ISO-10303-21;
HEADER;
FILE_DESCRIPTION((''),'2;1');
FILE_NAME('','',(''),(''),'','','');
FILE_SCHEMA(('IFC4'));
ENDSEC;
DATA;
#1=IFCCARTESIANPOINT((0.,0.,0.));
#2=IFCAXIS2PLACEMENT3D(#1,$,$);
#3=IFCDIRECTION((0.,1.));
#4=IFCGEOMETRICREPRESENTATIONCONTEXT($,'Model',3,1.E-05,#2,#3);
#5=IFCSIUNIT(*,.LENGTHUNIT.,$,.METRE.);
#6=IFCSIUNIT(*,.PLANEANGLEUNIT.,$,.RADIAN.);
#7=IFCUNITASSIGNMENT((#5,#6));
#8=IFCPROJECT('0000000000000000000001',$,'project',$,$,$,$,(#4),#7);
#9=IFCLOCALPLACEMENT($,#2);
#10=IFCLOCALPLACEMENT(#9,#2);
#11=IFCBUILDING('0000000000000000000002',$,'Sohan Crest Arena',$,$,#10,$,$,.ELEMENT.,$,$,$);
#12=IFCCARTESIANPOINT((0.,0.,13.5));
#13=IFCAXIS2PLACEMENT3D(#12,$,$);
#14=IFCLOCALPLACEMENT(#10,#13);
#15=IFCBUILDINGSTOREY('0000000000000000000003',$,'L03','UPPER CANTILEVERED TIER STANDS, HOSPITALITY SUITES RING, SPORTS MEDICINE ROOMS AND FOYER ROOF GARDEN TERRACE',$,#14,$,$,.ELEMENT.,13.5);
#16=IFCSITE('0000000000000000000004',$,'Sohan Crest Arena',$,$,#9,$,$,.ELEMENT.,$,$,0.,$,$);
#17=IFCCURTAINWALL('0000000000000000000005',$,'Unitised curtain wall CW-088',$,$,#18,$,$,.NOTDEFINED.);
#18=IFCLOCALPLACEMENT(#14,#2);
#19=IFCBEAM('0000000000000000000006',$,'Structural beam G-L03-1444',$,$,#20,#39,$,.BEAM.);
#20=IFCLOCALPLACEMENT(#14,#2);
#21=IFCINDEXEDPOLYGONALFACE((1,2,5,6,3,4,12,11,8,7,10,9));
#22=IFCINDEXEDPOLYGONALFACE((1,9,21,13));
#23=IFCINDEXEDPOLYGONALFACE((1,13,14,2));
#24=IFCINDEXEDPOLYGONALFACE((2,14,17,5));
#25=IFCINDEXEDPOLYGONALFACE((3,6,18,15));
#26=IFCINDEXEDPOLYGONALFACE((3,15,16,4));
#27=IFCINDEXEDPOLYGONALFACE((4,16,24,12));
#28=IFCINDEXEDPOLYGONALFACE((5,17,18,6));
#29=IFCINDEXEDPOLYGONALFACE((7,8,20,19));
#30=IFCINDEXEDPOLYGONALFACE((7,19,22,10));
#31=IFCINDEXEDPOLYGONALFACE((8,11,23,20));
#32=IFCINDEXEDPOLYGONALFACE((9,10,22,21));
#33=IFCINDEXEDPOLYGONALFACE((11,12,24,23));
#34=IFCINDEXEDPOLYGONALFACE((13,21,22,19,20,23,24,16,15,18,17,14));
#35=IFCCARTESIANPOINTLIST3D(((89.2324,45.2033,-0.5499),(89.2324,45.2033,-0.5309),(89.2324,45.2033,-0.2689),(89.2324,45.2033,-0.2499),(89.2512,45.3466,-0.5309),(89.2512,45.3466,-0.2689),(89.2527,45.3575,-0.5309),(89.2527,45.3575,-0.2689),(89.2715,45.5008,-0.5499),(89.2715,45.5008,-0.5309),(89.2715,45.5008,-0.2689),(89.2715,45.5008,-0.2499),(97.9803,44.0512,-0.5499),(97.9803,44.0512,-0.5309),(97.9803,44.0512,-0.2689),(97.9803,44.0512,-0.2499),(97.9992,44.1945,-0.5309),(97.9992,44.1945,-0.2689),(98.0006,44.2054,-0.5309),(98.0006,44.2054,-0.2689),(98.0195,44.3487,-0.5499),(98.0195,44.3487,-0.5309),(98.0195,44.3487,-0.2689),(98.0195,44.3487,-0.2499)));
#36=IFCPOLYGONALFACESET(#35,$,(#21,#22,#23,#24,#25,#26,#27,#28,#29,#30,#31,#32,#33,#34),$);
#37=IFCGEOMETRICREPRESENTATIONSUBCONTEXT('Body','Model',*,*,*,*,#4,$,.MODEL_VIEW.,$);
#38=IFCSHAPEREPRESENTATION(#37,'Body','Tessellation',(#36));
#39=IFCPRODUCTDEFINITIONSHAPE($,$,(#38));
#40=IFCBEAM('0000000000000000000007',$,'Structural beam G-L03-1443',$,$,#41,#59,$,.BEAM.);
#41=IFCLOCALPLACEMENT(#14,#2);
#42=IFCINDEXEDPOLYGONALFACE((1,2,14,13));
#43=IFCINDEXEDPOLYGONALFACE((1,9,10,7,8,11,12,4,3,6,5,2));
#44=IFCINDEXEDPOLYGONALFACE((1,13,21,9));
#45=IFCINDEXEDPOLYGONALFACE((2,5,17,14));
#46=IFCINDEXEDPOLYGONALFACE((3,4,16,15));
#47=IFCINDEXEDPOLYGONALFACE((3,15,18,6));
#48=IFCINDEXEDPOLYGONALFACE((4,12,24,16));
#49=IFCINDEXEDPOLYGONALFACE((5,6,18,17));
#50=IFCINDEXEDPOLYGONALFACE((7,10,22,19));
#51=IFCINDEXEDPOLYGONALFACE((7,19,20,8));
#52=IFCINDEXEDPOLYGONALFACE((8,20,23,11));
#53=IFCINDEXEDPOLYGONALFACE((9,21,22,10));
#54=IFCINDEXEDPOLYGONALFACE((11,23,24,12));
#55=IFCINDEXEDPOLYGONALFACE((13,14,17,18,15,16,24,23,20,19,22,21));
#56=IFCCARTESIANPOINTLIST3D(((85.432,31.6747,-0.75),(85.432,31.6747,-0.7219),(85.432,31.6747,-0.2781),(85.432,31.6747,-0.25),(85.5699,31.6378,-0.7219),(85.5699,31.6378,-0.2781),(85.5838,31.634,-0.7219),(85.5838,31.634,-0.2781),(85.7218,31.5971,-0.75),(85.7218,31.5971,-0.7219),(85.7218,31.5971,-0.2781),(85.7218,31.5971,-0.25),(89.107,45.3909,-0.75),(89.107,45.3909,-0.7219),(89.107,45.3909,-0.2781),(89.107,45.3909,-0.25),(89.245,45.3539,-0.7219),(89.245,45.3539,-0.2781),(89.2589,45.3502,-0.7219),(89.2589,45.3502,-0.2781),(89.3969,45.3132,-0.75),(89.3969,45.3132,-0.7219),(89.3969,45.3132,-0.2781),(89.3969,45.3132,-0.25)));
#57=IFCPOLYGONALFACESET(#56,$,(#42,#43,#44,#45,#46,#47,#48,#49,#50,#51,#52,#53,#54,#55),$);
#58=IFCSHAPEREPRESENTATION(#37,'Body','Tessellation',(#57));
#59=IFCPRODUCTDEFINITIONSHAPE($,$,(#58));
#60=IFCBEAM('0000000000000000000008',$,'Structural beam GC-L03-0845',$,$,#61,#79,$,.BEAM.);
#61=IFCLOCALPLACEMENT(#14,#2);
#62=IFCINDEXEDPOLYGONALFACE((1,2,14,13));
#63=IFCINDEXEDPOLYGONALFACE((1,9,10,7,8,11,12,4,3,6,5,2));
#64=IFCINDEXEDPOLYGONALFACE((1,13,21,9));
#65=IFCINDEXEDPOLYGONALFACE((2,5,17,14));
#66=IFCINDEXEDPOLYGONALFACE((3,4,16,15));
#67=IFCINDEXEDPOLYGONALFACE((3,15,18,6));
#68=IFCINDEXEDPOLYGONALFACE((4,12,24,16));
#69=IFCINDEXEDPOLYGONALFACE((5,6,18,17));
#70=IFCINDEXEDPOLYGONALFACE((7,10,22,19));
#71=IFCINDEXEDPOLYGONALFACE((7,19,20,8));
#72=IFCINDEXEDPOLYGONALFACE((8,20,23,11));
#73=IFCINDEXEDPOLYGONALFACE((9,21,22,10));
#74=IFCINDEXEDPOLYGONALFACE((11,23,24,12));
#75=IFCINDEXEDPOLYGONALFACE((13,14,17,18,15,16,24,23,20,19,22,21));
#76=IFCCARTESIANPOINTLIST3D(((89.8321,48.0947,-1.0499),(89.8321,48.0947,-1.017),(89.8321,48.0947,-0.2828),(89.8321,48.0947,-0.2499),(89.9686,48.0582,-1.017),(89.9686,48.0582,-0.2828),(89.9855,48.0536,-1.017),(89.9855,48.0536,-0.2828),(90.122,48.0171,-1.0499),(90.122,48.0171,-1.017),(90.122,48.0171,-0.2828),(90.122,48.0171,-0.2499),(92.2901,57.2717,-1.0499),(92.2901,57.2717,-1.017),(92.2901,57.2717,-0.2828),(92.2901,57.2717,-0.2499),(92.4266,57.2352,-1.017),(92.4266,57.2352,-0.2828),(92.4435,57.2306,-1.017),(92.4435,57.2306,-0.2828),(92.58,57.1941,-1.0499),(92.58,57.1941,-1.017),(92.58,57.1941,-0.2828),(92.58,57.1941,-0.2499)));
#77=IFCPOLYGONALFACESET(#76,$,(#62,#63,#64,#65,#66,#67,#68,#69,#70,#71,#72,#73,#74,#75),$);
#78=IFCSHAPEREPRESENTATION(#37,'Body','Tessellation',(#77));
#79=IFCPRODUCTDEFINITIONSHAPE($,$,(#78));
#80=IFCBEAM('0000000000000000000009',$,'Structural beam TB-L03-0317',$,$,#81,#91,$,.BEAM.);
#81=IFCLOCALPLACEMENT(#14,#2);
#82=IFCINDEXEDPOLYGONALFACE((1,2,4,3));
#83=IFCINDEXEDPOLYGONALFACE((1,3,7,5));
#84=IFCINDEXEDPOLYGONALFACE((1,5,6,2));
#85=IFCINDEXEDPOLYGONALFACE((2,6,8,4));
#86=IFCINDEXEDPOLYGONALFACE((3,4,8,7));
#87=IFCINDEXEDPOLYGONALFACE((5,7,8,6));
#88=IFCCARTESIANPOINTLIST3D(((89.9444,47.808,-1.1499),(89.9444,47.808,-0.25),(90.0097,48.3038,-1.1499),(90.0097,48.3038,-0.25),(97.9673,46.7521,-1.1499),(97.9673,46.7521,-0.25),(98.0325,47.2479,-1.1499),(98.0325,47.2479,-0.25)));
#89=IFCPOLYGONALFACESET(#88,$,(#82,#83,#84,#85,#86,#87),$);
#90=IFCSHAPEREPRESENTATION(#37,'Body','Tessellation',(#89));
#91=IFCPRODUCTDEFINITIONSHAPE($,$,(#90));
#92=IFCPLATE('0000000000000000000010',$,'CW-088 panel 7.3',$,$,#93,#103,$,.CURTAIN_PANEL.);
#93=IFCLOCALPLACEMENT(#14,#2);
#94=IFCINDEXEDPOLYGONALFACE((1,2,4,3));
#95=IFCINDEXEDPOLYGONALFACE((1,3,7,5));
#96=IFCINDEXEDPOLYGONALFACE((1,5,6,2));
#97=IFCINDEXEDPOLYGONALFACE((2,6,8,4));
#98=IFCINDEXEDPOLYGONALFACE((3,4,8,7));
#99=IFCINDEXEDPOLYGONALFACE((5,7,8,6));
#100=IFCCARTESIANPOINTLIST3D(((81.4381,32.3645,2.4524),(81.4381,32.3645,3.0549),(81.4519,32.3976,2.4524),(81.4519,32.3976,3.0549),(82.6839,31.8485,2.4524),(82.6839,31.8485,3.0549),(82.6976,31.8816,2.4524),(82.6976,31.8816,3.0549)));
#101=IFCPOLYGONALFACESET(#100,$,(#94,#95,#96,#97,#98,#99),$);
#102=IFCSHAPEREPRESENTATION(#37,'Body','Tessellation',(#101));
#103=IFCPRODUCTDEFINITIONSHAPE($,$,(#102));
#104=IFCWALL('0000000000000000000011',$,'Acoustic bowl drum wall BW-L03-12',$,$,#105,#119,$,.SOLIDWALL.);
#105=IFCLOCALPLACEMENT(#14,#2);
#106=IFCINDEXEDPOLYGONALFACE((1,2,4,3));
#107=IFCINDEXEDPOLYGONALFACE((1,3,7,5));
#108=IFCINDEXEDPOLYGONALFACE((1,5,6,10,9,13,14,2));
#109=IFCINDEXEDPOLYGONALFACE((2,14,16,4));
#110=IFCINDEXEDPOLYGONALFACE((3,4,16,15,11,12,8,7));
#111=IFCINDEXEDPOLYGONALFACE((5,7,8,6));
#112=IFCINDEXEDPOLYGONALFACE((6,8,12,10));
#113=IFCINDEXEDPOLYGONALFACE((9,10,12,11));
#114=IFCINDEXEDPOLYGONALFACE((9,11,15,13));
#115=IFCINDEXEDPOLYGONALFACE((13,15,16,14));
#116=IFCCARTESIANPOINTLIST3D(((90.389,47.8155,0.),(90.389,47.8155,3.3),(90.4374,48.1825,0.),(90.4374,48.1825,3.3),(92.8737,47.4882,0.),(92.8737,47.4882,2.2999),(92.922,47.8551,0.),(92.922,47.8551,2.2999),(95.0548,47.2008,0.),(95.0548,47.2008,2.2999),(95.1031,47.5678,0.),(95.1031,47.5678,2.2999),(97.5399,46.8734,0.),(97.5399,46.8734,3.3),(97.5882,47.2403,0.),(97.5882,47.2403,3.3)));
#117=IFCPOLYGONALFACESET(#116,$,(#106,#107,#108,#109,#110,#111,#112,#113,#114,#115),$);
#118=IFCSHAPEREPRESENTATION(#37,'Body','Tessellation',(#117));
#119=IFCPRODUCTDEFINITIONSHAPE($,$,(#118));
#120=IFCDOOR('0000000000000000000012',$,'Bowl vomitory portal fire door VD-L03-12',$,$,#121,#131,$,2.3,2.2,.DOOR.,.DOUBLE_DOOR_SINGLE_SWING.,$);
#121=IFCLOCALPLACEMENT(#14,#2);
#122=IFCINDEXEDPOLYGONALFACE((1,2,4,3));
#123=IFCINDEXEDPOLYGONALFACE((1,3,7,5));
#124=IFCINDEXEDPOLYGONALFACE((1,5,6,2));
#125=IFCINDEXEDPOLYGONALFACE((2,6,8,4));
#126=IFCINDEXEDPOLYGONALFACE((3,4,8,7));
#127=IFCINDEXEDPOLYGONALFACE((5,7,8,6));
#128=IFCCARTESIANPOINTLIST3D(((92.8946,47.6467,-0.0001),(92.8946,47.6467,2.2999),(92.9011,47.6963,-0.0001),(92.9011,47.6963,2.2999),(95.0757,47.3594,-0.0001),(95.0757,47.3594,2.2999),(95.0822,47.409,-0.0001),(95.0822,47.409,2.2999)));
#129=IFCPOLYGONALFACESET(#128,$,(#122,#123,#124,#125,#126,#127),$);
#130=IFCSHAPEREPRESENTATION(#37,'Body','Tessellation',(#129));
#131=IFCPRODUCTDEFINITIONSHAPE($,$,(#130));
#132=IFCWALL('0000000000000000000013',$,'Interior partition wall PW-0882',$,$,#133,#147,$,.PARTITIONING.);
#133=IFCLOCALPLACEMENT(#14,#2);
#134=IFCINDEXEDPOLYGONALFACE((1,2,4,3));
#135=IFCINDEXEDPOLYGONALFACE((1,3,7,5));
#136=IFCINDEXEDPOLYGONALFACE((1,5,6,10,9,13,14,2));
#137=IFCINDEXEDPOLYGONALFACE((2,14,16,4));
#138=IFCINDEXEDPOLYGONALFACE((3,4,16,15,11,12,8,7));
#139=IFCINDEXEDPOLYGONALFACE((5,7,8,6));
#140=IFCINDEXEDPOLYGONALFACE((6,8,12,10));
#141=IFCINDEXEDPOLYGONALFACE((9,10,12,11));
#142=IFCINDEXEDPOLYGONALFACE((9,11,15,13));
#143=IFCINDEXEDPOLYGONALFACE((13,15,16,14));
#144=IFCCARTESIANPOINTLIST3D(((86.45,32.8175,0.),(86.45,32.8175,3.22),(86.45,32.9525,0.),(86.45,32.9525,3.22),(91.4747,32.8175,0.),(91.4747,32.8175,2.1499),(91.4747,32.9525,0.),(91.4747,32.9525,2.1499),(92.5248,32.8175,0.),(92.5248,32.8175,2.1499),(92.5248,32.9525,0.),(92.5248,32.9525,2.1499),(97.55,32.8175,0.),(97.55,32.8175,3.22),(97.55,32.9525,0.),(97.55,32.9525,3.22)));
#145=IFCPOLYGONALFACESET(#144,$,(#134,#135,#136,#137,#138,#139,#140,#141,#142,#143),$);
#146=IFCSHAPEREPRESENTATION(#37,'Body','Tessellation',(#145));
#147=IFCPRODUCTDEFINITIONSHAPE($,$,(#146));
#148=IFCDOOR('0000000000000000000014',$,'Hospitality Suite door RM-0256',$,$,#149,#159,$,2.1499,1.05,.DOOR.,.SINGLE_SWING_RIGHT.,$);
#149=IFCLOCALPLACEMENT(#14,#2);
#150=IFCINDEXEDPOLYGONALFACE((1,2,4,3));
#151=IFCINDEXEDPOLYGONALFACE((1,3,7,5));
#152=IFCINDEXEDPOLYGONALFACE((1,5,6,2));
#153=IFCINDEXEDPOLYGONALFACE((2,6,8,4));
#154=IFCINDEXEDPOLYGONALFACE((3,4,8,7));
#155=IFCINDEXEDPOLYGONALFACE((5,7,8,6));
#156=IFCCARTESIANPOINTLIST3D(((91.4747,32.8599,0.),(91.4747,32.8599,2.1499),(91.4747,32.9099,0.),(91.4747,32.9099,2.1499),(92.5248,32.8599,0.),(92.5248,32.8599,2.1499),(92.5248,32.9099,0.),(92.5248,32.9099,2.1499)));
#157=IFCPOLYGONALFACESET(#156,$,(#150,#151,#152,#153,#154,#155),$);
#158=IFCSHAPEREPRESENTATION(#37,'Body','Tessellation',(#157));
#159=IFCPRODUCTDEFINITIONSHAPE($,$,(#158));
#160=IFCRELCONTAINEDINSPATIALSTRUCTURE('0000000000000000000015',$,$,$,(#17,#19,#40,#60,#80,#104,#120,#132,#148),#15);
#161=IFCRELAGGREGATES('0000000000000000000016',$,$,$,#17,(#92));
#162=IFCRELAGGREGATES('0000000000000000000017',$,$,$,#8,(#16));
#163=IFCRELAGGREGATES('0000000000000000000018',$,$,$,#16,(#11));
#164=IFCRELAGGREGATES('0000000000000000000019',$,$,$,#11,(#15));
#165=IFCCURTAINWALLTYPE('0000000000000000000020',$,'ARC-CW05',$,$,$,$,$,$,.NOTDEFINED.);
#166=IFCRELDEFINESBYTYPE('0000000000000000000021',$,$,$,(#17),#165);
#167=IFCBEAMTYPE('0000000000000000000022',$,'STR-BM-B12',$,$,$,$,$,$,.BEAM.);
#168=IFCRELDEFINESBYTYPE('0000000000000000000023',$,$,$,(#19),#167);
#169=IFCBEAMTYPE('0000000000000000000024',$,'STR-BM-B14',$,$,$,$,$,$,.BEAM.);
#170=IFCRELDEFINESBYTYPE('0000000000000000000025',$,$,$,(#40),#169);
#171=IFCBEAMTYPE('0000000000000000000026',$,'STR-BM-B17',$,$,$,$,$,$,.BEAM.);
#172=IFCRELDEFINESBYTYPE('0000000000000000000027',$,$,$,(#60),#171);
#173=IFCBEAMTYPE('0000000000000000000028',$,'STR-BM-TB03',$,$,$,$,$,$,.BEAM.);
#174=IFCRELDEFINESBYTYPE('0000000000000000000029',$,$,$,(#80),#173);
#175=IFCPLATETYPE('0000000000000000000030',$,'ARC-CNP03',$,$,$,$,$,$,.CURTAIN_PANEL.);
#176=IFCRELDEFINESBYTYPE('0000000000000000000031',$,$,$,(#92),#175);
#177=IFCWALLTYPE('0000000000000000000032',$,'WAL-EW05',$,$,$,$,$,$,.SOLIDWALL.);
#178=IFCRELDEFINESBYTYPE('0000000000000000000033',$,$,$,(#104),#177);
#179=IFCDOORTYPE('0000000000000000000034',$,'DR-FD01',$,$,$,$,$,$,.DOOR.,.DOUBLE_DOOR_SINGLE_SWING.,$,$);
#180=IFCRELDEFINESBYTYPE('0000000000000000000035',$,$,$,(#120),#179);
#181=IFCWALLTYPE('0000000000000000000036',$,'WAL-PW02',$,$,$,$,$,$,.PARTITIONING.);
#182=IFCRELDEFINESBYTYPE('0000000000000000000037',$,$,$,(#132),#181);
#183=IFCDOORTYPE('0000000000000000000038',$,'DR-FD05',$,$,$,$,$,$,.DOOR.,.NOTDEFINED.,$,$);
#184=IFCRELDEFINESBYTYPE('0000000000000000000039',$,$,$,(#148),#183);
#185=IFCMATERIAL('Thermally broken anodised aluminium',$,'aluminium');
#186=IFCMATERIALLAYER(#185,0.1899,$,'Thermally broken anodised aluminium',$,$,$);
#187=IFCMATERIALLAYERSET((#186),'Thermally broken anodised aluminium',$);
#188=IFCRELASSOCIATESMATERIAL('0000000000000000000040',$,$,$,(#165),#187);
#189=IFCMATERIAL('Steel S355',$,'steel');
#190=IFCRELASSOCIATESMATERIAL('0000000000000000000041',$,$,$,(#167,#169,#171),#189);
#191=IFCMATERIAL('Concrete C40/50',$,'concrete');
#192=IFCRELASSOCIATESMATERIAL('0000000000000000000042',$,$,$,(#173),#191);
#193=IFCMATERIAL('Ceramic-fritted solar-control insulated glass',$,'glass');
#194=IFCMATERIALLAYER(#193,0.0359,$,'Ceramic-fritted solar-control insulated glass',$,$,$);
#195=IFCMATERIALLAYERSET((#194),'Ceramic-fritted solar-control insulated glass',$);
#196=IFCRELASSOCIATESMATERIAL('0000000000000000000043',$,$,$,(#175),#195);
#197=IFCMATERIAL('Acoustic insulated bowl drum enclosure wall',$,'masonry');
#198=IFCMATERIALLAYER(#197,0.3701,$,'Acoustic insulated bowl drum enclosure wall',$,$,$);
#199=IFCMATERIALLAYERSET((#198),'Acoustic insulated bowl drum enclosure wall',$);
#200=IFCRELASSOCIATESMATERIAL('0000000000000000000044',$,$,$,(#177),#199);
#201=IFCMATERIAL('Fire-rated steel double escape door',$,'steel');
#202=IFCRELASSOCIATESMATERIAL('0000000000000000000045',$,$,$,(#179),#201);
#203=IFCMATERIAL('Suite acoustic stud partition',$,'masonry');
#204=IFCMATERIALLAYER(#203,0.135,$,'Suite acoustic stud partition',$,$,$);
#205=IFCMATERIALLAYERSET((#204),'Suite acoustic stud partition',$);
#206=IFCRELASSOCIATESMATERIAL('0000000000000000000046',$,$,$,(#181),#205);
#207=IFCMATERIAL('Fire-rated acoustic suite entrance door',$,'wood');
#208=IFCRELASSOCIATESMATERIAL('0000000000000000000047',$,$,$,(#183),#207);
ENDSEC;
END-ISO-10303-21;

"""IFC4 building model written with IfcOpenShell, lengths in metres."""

from ifc_helpers import new_model, si_unit, direction, frame, frame_2d, origin, origin_2d, place, context, subcontext, project, spatial, rectangle, i_section, extrude, material, layer, layer_set, material_profile, profile_set, type_object, element, fill, aggregate, save


model = new_model("IFC4")

# Units and contexts
model_context = context("Model", 3, precision=1e-05, world=origin(), true_north=direction((0.0, 1.0)))
body_context = subcontext(model_context, "Body", "Model", "MODEL_VIEW")
ifc_project = project(units=[si_unit("LENGTHUNIT", "METRE"), si_unit("PLANEANGLEUNIT", "RADIAN")], contexts=[model_context])

# Site, building, storey
site_placement = place(None, origin())
site = spatial("IfcSite", under=ifc_project, at=site_placement, Name="Sohan Crest Arena", CompositionType="ELEMENT", RefElevation=0.0)
building_placement = place(site_placement, origin())
building = spatial("IfcBuilding", under=site, at=building_placement, Name="Sohan Crest Arena", CompositionType="ELEMENT")
storey_placement = place(building_placement, frame((0.0, 0.0, 13.5)))
storey = spatial("IfcBuildingStorey", under=building, at=storey_placement, Name="L03", Description="UPPER CANTILEVERED TIER STANDS, HOSPITALITY SUITES RING, SPORTS MEDICINE ROOMS AND FOYER ROOF GARDEN TERRACE", CompositionType="ELEMENT", Elevation=13.5)

# Shared definitions
ifc_material_1 = material(Name="Concrete C40/50", Category="concrete")
ifc_material_2 = material(Name="Steel S355", Category="steel")

# Curtain wall
ifc_material_3 = material(Name="Thermally broken anodised aluminium", Category="aluminium")
ifc_layer_1 = layer(ifc_material_3, 0.1899, Name="Thermally broken anodised aluminium")
ifc_layer_set_1 = layer_set([ifc_layer_1], Name="Thermally broken anodised aluminium")
curtain_wall_type = type_object("IfcCurtainWallType", Name="ARC-CW05", PredefinedType="NOTDEFINED", material=ifc_layer_set_1)
curtain_wall_placement = place(storey_placement, origin())
curtain_wall = element("IfcCurtainWall", 1, at=curtain_wall_placement, inside=storey, type_object=curtain_wall_type, Name="Unitised curtain wall CW-088", PredefinedType="NOTDEFINED")

# Beams
ifc_material_profile_1 = material_profile(ifc_material_2, i_section(OverallWidth=0.3, OverallDepth=0.3, WebThickness=0.011, FlangeThickness=0.019, at=origin_2d()), Name="HEB 300")
ifc_profile_set_1 = profile_set([ifc_material_profile_1], Name="Steel S355")
beam_type_1 = type_object("IfcBeamType", Name="STR-BM-B12", PredefinedType="BEAM", material=ifc_profile_set_1)
beam_1_placement = place(storey_placement, frame((89.252, 45.3521, -0.3999), z_axis=(0.991439, -0.13057, 0.0), x_axis=(0.13057, 0.991439, 0.0)))
element("IfcBeam", 2, at=beam_1_placement, inside=storey, type_object=beam_type_1, Name="Structural beam G-L03-1444", PredefinedType="BEAM", context=body_context, shape_type="SweptSolid", body=[
    extrude(i_section(OverallWidth=0.3, OverallDepth=0.3, WebThickness=0.011, FlangeThickness=0.019, at=origin_2d()), origin(), (0.0, 0.0, 1.0), 8.8235),
])
ifc_material_profile_2 = material_profile(ifc_material_2, i_section(OverallWidth=0.3, OverallDepth=0.5, WebThickness=0.0144, FlangeThickness=0.0281, at=origin_2d()), Name="HEB 500")
ifc_profile_set_2 = profile_set([ifc_material_profile_2], Name="Steel S355")
beam_type_2 = type_object("IfcBeamType", Name="STR-BM-B14", PredefinedType="BEAM", material=ifc_profile_set_2)
beam_2_placement = place(storey_placement, frame((89.252, 45.3521, -0.5), z_axis=(-0.258809, -0.965929, 0.0), x_axis=(0.965929, -0.258809, 0.0)))
element("IfcBeam", 3, at=beam_2_placement, inside=storey, type_object=beam_type_2, Name="Structural beam G-L03-1443", PredefinedType="BEAM", context=body_context, shape_type="SweptSolid", body=[
    extrude(i_section(OverallWidth=0.3, OverallDepth=0.5, WebThickness=0.0144, FlangeThickness=0.0281, at=origin_2d()), origin(), (0.0, 0.0, 1.0), 14.2),
])
ifc_material_profile_3 = material_profile(ifc_material_2, i_section(OverallWidth=0.3, OverallDepth=0.8, WebThickness=0.0176, FlangeThickness=0.033, at=origin_2d()), Name="HEB 800")
ifc_profile_set_3 = profile_set([ifc_material_profile_3], Name="Steel S355")
beam_type_3 = type_object("IfcBeamType", Name="STR-BM-B17", PredefinedType="BEAM", material=ifc_profile_set_3)
beam_3_placement = place(storey_placement, frame((89.9771, 48.0559, -0.6499), z_axis=(0.258725, 0.965951, 0.0), x_axis=(-0.965951, 0.258725, 0.0)))
element("IfcBeam", 4, at=beam_3_placement, inside=storey, type_object=beam_type_3, Name="Structural beam GC-L03-0845", PredefinedType="BEAM", context=body_context, shape_type="SweptSolid", body=[
    extrude(i_section(OverallWidth=0.3, OverallDepth=0.8, WebThickness=0.0176, FlangeThickness=0.033, at=origin_2d()), origin(), (0.0, 0.0, 1.0), 9.5005),
])
ifc_material_profile_4 = material_profile(ifc_material_1, rectangle(XDim=0.5, YDim=0.8999, at=origin_2d()), Name="RC-BM 500x900")
ifc_profile_set_4 = profile_set([ifc_material_profile_4], Name="Concrete C40/50")
beam_type_4 = type_object("IfcBeamType", Name="STR-BM-TB03", PredefinedType="BEAM", material=ifc_profile_set_4)
beam_4_placement = place(storey_placement, frame((89.9771, 48.0559, -0.7), z_axis=(0.99145, -0.130486, 0.0), x_axis=(0.130486, 0.99145, 0.0)))
element("IfcBeam", 5, at=beam_4_placement, inside=storey, type_object=beam_type_4, Name="Structural beam TB-L03-0317", PredefinedType="BEAM", context=body_context, shape_type="SweptSolid", body=[
    extrude(rectangle(XDim=0.5, YDim=0.8999, at=origin_2d()), origin(), (0.0, 0.0, 1.0), 8.092),
])

# Plate
ifc_material_4 = material(Name="Ceramic-fritted solar-control insulated glass", Category="glass")
ifc_layer_2 = layer(ifc_material_4, 0.0359, Name="Ceramic-fritted solar-control insulated glass")
ifc_layer_set_2 = layer_set([ifc_layer_2], Name="Ceramic-fritted solar-control insulated glass")
plate_type = type_object("IfcPlateType", Name="ARC-CNP03", PredefinedType="CURTAIN_PANEL", material=ifc_layer_set_2)
plate_placement = place(storey_placement, frame((82.0679, 32.123, 2.4524), z_axis=(0.0, 0.0, 1.0), x_axis=(0.923886, -0.382668, 0.0)))
plate = element("IfcPlate", 6, at=plate_placement, type_object=plate_type, Name="CW-088 panel 7.3", PredefinedType="CURTAIN_PANEL", context=body_context, shape_type="SweptSolid", body=[
    extrude(rectangle(XDim=1.3484, YDim=0.0359, at=origin_2d()), origin(), (0.0, 0.0, 1.0), 0.6025),
])
aggregate(curtain_wall, [plate])

# Walls, openings, doors
ifc_material_5 = material(Name="Acoustic insulated bowl drum enclosure wall", Category="masonry")
ifc_layer_3 = layer(ifc_material_5, 0.3701, Name="Acoustic insulated bowl drum enclosure wall")
ifc_layer_set_3 = layer_set([ifc_layer_3], Name="Acoustic insulated bowl drum enclosure wall")
wall_type_1 = type_object("IfcWallType", Name="WAL-EW05", PredefinedType="SOLIDWALL", material=ifc_layer_set_3)
wall_1_placement = place(storey_placement, frame((90.4131, 47.999, 0.0), z_axis=(0.0, 0.0, 1.0), x_axis=(0.991432, -0.130623, 0.0)))
wall_1 = element("IfcWall", 7, at=wall_1_placement, inside=storey, type_object=wall_type_1, Name="Acoustic bowl drum wall BW-L03-12", PredefinedType="SOLIDWALL", context=body_context, shape_type="SweptSolid", body=[
    extrude(rectangle(XDim=7.2126, YDim=0.3701, at=frame_2d((3.6064, 0.0))), origin(), (0.0, 0.0, 1.0), 3.3),
])
opening_1_placement = place(wall_1_placement, frame((2.5061, 0.0, 0.0)))
opening_1 = element("IfcOpeningElement", 8, at=opening_1_placement, cuts=wall_1, PredefinedType="OPENING", context=body_context, shape_type="SweptSolid", body=[
    extrude(rectangle(XDim=2.2, YDim=2.3, at=frame_2d((1.1001, 1.1499))), frame((0.0, 0.1951, 0.0), z_axis=(0.0, -1.0, 0.0), x_axis=(1.0, 0.0, 0.0)), (0.0, 0.0, 1.0), 0.3901),
])
ifc_material_6 = material(Name="Fire-rated steel double escape door", Category="steel")
door_type_1 = type_object("IfcDoorType", Name="DR-FD01", OperationType="DOUBLE_DOOR_SINGLE_SWING", PredefinedType="DOOR", material=ifc_material_6)
door_1_placement = place(opening_1_placement, origin())
door_1 = element("IfcDoor", 9, at=door_1_placement, inside=storey, type_object=door_type_1, Name="Bowl vomitory portal fire door VD-L03-12", OperationType="DOUBLE_DOOR_SINGLE_SWING", OverallHeight=2.3, OverallWidth=2.2, PredefinedType="DOOR", context=body_context, shape_type="SweptSolid", body=[
    extrude(rectangle(XDim=2.2, YDim=2.3, at=frame_2d((1.1001, 1.1499))), frame((0.0, 0.0249, 0.0), z_axis=(0.0, -1.0, 0.0), x_axis=(1.0, 0.0, 0.0)), (0.0, 0.0, 1.0), 0.05),
])
fill(opening_1, door_1)
ifc_material_7 = material(Name="Suite acoustic stud partition", Category="masonry")
ifc_layer_4 = layer(ifc_material_7, 0.135, Name="Suite acoustic stud partition")
ifc_layer_set_4 = layer_set([ifc_layer_4], Name="Suite acoustic stud partition")
wall_type_2 = type_object("IfcWallType", Name="WAL-PW02", PredefinedType="PARTITIONING", material=ifc_layer_set_4)
wall_2_placement = place(storey_placement, frame((86.45, 32.885, 0.0), z_axis=(0.0, 0.0, 1.0), x_axis=(1.0, 0.0, 0.0)))
wall_2 = element("IfcWall", 10, at=wall_2_placement, inside=storey, type_object=wall_type_2, Name="Interior partition wall PW-0882", PredefinedType="PARTITIONING", context=body_context, shape_type="SweptSolid", body=[
    extrude(rectangle(XDim=11.1001, YDim=0.135, at=frame_2d((5.55, 0.0))), origin(), (0.0, 0.0, 1.0), 3.22),
])
opening_2_placement = place(wall_2_placement, frame((5.0249, 0.0, 0.0)))
opening_2 = element("IfcOpeningElement", 11, at=opening_2_placement, cuts=wall_2, PredefinedType="OPENING", context=body_context, shape_type="SweptSolid", body=[
    extrude(rectangle(XDim=1.05, YDim=2.1499, at=frame_2d((0.5249, 1.075))), frame((0.0, 0.0774, 0.0), z_axis=(0.0, -1.0, 0.0), x_axis=(1.0, 0.0, 0.0)), (0.0, 0.0, 1.0), 0.155),
])
ifc_material_8 = material(Name="Fire-rated acoustic suite entrance door", Category="wood")
door_type_2 = type_object("IfcDoorType", Name="DR-FD05", OperationType="NOTDEFINED", PredefinedType="DOOR", material=ifc_material_8)
door_2_placement = place(opening_2_placement, origin())
door_2 = element("IfcDoor", 12, at=door_2_placement, inside=storey, type_object=door_type_2, Name="Hospitality Suite door RM-0256", OperationType="SINGLE_SWING_RIGHT", OverallHeight=2.1499, OverallWidth=1.05, PredefinedType="DOOR", context=body_context, shape_type="SweptSolid", body=[
    extrude(rectangle(XDim=1.05, YDim=2.1499, at=frame_2d((0.5249, 1.075))), frame((0.0, 0.0249, 0.0), z_axis=(0.0, -1.0, 0.0), x_axis=(1.0, 0.0, 0.0)), (0.0, 0.0, 1.0), 0.05),
])
fill(opening_2, door_2)

save(model, "model.ifc")
